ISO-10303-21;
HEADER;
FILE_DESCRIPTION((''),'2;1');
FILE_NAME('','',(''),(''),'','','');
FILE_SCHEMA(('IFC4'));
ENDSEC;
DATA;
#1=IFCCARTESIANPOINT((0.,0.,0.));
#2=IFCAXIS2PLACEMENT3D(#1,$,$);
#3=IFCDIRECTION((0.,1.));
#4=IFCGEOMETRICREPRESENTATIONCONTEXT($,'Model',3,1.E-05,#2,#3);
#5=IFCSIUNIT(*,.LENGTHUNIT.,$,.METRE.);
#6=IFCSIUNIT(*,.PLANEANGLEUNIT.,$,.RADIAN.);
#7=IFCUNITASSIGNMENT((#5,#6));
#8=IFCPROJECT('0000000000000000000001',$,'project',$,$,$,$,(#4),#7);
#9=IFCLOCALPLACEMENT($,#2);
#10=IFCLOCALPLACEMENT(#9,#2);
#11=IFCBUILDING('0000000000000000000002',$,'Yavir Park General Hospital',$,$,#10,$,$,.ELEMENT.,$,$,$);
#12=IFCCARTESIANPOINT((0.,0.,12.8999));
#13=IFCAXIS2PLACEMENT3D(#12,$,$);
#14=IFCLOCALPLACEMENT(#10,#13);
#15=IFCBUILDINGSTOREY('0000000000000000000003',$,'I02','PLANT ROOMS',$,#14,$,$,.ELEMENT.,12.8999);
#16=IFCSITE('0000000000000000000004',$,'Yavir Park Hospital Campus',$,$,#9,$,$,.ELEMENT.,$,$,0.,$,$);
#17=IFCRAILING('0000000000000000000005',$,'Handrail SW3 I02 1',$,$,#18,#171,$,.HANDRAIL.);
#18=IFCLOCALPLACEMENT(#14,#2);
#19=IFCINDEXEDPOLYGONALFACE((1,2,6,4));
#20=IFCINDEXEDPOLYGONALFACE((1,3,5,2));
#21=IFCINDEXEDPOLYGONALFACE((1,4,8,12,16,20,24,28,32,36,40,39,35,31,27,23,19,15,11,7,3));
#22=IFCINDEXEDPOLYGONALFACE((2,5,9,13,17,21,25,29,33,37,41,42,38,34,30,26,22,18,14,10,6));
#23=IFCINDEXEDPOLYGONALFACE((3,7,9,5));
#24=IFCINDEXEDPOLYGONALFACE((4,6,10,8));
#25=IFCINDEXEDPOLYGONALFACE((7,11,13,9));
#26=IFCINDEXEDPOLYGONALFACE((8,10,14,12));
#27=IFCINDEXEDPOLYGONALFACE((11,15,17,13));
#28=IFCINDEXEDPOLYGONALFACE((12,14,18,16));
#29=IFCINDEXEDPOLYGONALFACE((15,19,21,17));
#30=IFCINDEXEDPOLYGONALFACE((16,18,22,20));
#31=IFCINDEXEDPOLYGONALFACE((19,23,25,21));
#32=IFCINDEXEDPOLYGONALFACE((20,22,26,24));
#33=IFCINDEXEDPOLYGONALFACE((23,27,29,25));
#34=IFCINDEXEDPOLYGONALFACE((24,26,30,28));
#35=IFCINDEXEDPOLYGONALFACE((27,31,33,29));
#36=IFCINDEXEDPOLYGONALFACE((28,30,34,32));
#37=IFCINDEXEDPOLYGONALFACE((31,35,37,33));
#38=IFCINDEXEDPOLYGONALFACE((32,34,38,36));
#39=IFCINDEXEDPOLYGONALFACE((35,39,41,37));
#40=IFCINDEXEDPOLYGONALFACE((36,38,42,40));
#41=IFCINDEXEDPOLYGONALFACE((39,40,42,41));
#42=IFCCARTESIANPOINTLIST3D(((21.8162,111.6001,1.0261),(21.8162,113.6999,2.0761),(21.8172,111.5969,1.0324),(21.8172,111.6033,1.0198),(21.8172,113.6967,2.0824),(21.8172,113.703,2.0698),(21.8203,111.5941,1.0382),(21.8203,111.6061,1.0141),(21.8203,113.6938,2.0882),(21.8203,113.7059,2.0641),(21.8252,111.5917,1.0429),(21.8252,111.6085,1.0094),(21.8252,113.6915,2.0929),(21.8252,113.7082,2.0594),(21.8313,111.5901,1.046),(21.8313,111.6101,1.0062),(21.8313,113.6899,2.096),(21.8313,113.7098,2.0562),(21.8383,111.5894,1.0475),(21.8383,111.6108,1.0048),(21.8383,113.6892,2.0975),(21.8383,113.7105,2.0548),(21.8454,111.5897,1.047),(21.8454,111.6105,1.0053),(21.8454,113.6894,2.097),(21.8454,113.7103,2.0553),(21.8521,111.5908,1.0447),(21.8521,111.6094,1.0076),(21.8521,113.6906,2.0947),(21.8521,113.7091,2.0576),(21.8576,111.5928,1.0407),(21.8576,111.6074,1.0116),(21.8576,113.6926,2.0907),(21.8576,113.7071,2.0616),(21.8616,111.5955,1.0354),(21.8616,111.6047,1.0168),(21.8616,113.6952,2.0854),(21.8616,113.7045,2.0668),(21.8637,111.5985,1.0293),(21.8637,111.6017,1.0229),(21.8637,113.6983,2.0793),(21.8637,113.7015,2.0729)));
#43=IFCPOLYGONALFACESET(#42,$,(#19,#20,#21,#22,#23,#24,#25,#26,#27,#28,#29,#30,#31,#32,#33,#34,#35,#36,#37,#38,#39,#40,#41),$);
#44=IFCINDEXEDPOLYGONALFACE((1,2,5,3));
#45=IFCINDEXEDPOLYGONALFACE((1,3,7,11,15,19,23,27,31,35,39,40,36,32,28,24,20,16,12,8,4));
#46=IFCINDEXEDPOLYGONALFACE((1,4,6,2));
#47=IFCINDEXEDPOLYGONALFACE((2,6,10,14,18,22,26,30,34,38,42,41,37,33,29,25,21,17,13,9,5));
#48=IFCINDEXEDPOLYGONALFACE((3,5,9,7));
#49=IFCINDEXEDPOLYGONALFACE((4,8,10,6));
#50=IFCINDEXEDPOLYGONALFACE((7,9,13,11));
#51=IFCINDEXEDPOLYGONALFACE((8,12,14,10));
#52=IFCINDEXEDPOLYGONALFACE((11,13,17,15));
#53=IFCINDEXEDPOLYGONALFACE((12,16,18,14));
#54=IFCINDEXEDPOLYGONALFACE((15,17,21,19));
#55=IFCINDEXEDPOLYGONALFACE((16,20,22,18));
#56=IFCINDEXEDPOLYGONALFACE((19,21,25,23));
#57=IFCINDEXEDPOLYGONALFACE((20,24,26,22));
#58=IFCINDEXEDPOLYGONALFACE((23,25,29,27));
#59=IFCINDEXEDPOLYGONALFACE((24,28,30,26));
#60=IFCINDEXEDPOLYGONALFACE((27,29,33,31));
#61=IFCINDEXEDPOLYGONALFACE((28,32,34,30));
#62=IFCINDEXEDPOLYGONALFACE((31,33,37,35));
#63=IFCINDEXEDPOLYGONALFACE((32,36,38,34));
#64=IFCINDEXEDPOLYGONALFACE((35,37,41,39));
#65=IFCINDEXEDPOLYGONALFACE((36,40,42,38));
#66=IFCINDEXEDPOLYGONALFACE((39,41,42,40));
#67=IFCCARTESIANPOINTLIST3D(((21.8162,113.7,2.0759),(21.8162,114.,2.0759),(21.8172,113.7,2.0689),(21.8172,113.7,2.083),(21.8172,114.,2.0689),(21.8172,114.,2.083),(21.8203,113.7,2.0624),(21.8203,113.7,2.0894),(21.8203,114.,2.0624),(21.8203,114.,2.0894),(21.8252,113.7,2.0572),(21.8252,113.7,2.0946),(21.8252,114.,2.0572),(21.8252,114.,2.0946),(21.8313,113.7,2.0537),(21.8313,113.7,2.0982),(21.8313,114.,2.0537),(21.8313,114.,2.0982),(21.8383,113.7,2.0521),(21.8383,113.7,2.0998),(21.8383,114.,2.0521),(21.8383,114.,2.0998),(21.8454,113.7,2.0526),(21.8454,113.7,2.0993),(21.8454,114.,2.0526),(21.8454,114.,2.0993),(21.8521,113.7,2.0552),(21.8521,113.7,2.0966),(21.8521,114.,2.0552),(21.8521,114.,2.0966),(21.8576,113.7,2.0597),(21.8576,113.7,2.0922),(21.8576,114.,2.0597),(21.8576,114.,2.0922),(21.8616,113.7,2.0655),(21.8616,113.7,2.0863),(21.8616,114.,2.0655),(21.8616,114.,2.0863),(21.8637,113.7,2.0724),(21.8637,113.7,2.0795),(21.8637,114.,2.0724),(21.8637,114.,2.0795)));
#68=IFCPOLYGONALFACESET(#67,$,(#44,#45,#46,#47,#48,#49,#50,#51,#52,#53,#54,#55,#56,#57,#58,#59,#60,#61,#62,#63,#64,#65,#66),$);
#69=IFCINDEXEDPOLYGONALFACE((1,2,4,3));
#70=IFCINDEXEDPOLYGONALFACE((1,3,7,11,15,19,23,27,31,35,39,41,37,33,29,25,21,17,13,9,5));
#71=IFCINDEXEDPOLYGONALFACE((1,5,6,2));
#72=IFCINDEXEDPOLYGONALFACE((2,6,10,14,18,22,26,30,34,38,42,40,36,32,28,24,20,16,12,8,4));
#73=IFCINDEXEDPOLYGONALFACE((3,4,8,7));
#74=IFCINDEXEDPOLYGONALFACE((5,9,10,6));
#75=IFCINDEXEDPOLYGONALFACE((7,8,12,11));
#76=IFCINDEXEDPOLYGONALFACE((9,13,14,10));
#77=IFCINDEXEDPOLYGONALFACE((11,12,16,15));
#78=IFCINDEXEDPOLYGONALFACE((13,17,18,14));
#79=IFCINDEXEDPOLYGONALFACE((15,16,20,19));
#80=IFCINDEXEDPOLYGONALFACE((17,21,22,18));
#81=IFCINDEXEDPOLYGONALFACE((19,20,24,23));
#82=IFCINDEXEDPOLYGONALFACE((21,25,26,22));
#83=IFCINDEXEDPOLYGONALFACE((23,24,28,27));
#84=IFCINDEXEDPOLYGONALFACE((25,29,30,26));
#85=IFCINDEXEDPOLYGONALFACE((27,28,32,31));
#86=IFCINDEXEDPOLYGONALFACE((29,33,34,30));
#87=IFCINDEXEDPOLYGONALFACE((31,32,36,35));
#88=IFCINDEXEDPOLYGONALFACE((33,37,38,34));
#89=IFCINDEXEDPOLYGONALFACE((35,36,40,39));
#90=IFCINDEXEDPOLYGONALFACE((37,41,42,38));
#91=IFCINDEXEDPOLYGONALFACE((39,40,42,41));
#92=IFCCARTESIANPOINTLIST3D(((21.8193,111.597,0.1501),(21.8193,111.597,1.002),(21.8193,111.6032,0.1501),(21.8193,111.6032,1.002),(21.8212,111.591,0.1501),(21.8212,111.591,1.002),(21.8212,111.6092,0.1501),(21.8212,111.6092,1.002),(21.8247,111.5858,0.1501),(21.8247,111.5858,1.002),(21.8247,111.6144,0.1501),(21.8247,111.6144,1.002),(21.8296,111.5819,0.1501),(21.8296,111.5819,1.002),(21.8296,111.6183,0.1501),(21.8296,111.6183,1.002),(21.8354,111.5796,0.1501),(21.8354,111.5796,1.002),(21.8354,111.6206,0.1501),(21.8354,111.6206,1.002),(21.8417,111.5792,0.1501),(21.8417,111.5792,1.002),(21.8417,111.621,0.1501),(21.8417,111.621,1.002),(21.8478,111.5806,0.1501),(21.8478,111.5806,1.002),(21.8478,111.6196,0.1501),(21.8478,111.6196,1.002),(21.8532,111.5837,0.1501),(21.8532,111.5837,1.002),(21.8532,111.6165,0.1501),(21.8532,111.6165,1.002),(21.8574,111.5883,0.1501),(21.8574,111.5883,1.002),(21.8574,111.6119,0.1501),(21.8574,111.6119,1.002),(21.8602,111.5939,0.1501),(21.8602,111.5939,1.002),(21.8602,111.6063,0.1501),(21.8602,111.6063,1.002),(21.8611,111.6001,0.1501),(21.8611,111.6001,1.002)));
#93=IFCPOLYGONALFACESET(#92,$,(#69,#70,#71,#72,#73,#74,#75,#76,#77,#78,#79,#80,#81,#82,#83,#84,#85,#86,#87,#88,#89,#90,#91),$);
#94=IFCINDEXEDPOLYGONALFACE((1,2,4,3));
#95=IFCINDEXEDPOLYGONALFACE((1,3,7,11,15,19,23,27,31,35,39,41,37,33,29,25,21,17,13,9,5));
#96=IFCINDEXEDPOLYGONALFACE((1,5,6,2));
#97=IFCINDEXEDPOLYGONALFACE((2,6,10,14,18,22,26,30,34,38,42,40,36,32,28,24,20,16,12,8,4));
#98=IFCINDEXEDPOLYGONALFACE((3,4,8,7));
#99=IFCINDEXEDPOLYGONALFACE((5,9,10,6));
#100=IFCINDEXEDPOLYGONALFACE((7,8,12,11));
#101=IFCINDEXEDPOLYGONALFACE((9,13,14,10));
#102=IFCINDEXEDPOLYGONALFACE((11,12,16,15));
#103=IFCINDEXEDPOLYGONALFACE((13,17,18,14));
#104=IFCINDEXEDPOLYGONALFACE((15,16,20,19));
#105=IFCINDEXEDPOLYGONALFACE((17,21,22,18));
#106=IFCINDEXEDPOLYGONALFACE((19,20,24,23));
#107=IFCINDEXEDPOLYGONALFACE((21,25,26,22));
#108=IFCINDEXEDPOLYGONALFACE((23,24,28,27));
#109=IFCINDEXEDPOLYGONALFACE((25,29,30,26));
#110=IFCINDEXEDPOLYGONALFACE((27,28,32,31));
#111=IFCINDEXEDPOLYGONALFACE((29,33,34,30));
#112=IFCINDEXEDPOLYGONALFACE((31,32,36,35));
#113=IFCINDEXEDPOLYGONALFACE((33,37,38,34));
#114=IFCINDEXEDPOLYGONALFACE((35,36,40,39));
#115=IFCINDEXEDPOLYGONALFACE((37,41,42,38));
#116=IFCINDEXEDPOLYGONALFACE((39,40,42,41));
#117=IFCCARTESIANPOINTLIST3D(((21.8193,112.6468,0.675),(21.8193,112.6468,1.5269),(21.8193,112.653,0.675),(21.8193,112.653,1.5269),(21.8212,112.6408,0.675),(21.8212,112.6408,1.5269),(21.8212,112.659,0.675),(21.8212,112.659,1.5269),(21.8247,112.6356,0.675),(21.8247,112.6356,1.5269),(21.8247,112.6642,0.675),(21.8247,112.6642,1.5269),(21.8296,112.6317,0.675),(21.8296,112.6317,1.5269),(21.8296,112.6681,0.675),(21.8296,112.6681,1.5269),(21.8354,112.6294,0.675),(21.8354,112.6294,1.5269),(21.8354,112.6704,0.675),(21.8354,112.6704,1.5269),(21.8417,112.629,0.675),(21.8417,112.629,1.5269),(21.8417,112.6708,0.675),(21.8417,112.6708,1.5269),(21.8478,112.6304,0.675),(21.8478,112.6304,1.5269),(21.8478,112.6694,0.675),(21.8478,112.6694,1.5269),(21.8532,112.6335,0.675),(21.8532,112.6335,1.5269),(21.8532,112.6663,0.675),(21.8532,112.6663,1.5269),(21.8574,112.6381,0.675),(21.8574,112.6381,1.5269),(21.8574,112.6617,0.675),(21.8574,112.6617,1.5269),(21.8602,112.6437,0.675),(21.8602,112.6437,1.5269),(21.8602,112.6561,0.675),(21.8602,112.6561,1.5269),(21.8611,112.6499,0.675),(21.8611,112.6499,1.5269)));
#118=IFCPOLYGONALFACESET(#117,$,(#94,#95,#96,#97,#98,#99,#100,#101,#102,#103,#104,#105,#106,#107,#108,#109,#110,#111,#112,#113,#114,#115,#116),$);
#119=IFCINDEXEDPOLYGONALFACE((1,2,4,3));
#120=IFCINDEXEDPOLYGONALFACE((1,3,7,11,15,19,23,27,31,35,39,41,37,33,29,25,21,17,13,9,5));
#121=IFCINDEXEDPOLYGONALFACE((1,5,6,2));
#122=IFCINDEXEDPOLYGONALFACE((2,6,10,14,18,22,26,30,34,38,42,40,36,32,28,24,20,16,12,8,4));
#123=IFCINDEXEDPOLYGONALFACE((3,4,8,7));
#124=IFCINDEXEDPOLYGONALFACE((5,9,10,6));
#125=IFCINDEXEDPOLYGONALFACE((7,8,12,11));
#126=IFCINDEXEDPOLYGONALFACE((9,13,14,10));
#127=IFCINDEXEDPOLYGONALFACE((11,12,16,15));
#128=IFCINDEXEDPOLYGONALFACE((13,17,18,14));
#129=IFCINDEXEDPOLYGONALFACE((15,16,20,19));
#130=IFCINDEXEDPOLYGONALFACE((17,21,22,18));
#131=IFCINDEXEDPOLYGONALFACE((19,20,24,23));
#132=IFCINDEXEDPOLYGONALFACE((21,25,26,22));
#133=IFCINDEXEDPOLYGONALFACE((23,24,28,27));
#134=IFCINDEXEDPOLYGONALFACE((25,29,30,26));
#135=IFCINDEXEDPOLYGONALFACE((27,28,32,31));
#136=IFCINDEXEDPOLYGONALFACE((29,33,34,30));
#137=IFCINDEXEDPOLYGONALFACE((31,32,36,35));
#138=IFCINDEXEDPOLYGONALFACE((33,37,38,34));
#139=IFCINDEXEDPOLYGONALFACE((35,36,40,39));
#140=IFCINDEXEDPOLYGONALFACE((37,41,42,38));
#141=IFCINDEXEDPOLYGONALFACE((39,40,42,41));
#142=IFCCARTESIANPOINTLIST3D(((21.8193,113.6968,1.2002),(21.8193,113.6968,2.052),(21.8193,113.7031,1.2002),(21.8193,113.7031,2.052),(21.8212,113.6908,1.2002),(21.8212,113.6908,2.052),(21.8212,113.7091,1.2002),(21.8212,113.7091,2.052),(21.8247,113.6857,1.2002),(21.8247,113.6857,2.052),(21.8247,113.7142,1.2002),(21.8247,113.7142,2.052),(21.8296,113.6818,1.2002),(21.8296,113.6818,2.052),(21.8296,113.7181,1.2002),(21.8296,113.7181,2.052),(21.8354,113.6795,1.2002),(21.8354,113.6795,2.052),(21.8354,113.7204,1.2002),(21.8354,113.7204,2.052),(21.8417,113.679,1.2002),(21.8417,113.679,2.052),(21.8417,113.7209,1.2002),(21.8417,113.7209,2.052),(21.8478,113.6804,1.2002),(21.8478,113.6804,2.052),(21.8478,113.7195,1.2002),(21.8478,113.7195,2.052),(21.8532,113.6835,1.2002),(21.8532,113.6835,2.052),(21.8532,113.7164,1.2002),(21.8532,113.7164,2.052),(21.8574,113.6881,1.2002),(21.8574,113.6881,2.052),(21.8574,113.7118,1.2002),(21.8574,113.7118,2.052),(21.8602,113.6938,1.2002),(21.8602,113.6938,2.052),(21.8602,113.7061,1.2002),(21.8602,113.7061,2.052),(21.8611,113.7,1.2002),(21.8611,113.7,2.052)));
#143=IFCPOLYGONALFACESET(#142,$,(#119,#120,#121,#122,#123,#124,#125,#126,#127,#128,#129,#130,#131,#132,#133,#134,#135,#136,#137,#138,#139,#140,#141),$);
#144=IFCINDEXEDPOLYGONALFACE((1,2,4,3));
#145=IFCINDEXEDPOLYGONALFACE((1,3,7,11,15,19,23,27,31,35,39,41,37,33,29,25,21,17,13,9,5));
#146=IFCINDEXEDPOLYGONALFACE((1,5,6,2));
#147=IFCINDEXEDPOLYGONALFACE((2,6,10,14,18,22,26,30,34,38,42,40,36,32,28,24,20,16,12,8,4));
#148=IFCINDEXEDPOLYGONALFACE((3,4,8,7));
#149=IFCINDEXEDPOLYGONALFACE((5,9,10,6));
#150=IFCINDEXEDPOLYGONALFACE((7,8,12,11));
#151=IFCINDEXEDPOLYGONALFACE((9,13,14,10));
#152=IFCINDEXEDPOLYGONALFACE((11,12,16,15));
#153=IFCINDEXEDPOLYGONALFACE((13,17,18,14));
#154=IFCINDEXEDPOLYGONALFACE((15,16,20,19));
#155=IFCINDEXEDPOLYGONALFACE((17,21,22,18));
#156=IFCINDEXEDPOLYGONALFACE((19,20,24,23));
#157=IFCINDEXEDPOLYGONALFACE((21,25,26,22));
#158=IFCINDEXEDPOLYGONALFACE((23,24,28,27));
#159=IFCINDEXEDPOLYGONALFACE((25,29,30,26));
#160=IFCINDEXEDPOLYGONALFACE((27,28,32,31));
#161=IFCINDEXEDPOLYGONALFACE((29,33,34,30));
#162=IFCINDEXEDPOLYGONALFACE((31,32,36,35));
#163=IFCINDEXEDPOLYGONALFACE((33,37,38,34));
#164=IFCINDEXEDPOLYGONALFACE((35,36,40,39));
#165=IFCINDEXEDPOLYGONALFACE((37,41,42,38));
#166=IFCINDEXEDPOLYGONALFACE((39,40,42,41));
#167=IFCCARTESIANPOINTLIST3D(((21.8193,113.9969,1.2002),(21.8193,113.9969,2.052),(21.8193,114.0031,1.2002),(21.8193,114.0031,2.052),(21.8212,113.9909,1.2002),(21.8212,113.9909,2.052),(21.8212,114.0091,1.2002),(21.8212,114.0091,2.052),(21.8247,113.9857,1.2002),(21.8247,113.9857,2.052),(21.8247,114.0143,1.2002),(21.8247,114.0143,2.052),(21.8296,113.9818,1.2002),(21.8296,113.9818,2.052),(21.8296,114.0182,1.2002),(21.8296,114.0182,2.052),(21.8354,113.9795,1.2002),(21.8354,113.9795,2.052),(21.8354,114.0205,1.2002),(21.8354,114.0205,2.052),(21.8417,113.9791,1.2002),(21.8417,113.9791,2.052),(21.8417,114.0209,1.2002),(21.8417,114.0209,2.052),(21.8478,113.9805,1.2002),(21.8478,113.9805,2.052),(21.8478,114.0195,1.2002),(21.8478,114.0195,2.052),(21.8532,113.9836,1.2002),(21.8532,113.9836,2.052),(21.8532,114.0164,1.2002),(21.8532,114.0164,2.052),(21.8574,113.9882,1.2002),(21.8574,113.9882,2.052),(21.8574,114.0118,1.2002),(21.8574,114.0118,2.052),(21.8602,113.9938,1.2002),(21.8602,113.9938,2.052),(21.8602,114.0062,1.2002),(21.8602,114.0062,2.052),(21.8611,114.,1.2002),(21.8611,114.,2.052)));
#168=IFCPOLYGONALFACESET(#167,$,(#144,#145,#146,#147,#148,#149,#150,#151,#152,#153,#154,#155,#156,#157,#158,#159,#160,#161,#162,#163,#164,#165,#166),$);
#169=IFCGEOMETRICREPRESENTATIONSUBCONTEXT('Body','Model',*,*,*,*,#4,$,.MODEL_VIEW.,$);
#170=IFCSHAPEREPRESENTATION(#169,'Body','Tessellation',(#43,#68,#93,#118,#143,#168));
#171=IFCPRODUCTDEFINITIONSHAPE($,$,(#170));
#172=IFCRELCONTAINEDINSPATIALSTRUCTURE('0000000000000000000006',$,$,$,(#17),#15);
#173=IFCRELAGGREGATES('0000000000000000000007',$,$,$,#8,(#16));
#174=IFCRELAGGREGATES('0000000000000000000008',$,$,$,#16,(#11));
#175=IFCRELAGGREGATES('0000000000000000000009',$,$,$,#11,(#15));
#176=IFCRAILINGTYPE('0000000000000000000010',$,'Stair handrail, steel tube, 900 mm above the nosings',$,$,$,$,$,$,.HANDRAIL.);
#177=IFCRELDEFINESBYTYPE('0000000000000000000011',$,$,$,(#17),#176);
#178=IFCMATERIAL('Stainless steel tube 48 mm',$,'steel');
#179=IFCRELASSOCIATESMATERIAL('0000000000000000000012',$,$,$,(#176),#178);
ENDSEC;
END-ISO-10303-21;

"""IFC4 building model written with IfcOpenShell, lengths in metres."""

from ifc_helpers import new_model, si_unit, direction, frame, origin, origin_2d, place, context, subcontext, project, spatial, circle, extrude, material, type_object, element, save


model = new_model("IFC4")

# Units and contexts
model_context = context("Model", 3, precision=1e-05, world=origin(), true_north=direction((0.0, 1.0)))
body_context = subcontext(model_context, "Body", "Model", "MODEL_VIEW")
ifc_project = project(units=[si_unit("LENGTHUNIT", "METRE"), si_unit("PLANEANGLEUNIT", "RADIAN")], contexts=[model_context])

# Site, building, storey
site_placement = place(None, origin())
site = spatial("IfcSite", under=ifc_project, at=site_placement, Name="Yavir Park Hospital Campus", CompositionType="ELEMENT", RefElevation=0.0)
building_placement = place(site_placement, origin())
building = spatial("IfcBuilding", under=site, at=building_placement, Name="Yavir Park General Hospital", CompositionType="ELEMENT")
storey_placement = place(building_placement, frame((0.0, 0.0, 12.8999)))
storey = spatial("IfcBuildingStorey", under=building, at=storey_placement, Name="I02", Description="PLANT ROOMS", CompositionType="ELEMENT", Elevation=12.8999)

# Railing
ifc_material_1 = material(Name="Stainless steel tube 48 mm", Category="steel")
railing_type = type_object("IfcRailingType", Name="Stair handrail, steel tube, 900 mm above the nosings", PredefinedType="HANDRAIL", material=ifc_material_1)
for number, where, name in (
    (1, (21.8401, 111.6001, 0.1501), "Handrail SW3 I02 1"),
):
    element("IfcRailing", number, at=place(storey_placement, frame(where)), inside=storey, type_object=railing_type, Name=name, PredefinedType="HANDRAIL", context=body_context, shape_type="SweptSolid", body=[
        extrude(circle(Radius=0.0239, at=origin_2d()), frame((0.0, 0.0, 0.876), z_axis=(0.0, 0.894406, 0.447255), x_axis=(-1.0, 0.0, 0.0)), (0.0, 0.0, 1.0), 2.3477),
        extrude(circle(Radius=0.0239, at=origin_2d()), frame((0.0, 2.0999, 1.9258), z_axis=(0.0, 1.0, 0.0), x_axis=(-1.0, 0.0, 0.0)), (0.0, 0.0, 1.0), 0.3),
        extrude(circle(Radius=0.021, at=origin_2d()), origin(), (0.0, 0.0, 1.0), 0.8518),
        extrude(circle(Radius=0.021, at=origin_2d()), frame((0.0, 1.0498, 0.5249)), (0.0, 0.0, 1.0), 0.8518),
        extrude(circle(Radius=0.021, at=origin_2d()), frame((0.0, 2.0999, 1.05)), (0.0, 0.0, 1.0), 0.8518),
        extrude(circle(Radius=0.021, at=origin_2d()), frame((0.0, 2.3999, 1.05)), (0.0, 0.0, 1.0), 0.8518),
    ])

save(model, "model.ifc")
